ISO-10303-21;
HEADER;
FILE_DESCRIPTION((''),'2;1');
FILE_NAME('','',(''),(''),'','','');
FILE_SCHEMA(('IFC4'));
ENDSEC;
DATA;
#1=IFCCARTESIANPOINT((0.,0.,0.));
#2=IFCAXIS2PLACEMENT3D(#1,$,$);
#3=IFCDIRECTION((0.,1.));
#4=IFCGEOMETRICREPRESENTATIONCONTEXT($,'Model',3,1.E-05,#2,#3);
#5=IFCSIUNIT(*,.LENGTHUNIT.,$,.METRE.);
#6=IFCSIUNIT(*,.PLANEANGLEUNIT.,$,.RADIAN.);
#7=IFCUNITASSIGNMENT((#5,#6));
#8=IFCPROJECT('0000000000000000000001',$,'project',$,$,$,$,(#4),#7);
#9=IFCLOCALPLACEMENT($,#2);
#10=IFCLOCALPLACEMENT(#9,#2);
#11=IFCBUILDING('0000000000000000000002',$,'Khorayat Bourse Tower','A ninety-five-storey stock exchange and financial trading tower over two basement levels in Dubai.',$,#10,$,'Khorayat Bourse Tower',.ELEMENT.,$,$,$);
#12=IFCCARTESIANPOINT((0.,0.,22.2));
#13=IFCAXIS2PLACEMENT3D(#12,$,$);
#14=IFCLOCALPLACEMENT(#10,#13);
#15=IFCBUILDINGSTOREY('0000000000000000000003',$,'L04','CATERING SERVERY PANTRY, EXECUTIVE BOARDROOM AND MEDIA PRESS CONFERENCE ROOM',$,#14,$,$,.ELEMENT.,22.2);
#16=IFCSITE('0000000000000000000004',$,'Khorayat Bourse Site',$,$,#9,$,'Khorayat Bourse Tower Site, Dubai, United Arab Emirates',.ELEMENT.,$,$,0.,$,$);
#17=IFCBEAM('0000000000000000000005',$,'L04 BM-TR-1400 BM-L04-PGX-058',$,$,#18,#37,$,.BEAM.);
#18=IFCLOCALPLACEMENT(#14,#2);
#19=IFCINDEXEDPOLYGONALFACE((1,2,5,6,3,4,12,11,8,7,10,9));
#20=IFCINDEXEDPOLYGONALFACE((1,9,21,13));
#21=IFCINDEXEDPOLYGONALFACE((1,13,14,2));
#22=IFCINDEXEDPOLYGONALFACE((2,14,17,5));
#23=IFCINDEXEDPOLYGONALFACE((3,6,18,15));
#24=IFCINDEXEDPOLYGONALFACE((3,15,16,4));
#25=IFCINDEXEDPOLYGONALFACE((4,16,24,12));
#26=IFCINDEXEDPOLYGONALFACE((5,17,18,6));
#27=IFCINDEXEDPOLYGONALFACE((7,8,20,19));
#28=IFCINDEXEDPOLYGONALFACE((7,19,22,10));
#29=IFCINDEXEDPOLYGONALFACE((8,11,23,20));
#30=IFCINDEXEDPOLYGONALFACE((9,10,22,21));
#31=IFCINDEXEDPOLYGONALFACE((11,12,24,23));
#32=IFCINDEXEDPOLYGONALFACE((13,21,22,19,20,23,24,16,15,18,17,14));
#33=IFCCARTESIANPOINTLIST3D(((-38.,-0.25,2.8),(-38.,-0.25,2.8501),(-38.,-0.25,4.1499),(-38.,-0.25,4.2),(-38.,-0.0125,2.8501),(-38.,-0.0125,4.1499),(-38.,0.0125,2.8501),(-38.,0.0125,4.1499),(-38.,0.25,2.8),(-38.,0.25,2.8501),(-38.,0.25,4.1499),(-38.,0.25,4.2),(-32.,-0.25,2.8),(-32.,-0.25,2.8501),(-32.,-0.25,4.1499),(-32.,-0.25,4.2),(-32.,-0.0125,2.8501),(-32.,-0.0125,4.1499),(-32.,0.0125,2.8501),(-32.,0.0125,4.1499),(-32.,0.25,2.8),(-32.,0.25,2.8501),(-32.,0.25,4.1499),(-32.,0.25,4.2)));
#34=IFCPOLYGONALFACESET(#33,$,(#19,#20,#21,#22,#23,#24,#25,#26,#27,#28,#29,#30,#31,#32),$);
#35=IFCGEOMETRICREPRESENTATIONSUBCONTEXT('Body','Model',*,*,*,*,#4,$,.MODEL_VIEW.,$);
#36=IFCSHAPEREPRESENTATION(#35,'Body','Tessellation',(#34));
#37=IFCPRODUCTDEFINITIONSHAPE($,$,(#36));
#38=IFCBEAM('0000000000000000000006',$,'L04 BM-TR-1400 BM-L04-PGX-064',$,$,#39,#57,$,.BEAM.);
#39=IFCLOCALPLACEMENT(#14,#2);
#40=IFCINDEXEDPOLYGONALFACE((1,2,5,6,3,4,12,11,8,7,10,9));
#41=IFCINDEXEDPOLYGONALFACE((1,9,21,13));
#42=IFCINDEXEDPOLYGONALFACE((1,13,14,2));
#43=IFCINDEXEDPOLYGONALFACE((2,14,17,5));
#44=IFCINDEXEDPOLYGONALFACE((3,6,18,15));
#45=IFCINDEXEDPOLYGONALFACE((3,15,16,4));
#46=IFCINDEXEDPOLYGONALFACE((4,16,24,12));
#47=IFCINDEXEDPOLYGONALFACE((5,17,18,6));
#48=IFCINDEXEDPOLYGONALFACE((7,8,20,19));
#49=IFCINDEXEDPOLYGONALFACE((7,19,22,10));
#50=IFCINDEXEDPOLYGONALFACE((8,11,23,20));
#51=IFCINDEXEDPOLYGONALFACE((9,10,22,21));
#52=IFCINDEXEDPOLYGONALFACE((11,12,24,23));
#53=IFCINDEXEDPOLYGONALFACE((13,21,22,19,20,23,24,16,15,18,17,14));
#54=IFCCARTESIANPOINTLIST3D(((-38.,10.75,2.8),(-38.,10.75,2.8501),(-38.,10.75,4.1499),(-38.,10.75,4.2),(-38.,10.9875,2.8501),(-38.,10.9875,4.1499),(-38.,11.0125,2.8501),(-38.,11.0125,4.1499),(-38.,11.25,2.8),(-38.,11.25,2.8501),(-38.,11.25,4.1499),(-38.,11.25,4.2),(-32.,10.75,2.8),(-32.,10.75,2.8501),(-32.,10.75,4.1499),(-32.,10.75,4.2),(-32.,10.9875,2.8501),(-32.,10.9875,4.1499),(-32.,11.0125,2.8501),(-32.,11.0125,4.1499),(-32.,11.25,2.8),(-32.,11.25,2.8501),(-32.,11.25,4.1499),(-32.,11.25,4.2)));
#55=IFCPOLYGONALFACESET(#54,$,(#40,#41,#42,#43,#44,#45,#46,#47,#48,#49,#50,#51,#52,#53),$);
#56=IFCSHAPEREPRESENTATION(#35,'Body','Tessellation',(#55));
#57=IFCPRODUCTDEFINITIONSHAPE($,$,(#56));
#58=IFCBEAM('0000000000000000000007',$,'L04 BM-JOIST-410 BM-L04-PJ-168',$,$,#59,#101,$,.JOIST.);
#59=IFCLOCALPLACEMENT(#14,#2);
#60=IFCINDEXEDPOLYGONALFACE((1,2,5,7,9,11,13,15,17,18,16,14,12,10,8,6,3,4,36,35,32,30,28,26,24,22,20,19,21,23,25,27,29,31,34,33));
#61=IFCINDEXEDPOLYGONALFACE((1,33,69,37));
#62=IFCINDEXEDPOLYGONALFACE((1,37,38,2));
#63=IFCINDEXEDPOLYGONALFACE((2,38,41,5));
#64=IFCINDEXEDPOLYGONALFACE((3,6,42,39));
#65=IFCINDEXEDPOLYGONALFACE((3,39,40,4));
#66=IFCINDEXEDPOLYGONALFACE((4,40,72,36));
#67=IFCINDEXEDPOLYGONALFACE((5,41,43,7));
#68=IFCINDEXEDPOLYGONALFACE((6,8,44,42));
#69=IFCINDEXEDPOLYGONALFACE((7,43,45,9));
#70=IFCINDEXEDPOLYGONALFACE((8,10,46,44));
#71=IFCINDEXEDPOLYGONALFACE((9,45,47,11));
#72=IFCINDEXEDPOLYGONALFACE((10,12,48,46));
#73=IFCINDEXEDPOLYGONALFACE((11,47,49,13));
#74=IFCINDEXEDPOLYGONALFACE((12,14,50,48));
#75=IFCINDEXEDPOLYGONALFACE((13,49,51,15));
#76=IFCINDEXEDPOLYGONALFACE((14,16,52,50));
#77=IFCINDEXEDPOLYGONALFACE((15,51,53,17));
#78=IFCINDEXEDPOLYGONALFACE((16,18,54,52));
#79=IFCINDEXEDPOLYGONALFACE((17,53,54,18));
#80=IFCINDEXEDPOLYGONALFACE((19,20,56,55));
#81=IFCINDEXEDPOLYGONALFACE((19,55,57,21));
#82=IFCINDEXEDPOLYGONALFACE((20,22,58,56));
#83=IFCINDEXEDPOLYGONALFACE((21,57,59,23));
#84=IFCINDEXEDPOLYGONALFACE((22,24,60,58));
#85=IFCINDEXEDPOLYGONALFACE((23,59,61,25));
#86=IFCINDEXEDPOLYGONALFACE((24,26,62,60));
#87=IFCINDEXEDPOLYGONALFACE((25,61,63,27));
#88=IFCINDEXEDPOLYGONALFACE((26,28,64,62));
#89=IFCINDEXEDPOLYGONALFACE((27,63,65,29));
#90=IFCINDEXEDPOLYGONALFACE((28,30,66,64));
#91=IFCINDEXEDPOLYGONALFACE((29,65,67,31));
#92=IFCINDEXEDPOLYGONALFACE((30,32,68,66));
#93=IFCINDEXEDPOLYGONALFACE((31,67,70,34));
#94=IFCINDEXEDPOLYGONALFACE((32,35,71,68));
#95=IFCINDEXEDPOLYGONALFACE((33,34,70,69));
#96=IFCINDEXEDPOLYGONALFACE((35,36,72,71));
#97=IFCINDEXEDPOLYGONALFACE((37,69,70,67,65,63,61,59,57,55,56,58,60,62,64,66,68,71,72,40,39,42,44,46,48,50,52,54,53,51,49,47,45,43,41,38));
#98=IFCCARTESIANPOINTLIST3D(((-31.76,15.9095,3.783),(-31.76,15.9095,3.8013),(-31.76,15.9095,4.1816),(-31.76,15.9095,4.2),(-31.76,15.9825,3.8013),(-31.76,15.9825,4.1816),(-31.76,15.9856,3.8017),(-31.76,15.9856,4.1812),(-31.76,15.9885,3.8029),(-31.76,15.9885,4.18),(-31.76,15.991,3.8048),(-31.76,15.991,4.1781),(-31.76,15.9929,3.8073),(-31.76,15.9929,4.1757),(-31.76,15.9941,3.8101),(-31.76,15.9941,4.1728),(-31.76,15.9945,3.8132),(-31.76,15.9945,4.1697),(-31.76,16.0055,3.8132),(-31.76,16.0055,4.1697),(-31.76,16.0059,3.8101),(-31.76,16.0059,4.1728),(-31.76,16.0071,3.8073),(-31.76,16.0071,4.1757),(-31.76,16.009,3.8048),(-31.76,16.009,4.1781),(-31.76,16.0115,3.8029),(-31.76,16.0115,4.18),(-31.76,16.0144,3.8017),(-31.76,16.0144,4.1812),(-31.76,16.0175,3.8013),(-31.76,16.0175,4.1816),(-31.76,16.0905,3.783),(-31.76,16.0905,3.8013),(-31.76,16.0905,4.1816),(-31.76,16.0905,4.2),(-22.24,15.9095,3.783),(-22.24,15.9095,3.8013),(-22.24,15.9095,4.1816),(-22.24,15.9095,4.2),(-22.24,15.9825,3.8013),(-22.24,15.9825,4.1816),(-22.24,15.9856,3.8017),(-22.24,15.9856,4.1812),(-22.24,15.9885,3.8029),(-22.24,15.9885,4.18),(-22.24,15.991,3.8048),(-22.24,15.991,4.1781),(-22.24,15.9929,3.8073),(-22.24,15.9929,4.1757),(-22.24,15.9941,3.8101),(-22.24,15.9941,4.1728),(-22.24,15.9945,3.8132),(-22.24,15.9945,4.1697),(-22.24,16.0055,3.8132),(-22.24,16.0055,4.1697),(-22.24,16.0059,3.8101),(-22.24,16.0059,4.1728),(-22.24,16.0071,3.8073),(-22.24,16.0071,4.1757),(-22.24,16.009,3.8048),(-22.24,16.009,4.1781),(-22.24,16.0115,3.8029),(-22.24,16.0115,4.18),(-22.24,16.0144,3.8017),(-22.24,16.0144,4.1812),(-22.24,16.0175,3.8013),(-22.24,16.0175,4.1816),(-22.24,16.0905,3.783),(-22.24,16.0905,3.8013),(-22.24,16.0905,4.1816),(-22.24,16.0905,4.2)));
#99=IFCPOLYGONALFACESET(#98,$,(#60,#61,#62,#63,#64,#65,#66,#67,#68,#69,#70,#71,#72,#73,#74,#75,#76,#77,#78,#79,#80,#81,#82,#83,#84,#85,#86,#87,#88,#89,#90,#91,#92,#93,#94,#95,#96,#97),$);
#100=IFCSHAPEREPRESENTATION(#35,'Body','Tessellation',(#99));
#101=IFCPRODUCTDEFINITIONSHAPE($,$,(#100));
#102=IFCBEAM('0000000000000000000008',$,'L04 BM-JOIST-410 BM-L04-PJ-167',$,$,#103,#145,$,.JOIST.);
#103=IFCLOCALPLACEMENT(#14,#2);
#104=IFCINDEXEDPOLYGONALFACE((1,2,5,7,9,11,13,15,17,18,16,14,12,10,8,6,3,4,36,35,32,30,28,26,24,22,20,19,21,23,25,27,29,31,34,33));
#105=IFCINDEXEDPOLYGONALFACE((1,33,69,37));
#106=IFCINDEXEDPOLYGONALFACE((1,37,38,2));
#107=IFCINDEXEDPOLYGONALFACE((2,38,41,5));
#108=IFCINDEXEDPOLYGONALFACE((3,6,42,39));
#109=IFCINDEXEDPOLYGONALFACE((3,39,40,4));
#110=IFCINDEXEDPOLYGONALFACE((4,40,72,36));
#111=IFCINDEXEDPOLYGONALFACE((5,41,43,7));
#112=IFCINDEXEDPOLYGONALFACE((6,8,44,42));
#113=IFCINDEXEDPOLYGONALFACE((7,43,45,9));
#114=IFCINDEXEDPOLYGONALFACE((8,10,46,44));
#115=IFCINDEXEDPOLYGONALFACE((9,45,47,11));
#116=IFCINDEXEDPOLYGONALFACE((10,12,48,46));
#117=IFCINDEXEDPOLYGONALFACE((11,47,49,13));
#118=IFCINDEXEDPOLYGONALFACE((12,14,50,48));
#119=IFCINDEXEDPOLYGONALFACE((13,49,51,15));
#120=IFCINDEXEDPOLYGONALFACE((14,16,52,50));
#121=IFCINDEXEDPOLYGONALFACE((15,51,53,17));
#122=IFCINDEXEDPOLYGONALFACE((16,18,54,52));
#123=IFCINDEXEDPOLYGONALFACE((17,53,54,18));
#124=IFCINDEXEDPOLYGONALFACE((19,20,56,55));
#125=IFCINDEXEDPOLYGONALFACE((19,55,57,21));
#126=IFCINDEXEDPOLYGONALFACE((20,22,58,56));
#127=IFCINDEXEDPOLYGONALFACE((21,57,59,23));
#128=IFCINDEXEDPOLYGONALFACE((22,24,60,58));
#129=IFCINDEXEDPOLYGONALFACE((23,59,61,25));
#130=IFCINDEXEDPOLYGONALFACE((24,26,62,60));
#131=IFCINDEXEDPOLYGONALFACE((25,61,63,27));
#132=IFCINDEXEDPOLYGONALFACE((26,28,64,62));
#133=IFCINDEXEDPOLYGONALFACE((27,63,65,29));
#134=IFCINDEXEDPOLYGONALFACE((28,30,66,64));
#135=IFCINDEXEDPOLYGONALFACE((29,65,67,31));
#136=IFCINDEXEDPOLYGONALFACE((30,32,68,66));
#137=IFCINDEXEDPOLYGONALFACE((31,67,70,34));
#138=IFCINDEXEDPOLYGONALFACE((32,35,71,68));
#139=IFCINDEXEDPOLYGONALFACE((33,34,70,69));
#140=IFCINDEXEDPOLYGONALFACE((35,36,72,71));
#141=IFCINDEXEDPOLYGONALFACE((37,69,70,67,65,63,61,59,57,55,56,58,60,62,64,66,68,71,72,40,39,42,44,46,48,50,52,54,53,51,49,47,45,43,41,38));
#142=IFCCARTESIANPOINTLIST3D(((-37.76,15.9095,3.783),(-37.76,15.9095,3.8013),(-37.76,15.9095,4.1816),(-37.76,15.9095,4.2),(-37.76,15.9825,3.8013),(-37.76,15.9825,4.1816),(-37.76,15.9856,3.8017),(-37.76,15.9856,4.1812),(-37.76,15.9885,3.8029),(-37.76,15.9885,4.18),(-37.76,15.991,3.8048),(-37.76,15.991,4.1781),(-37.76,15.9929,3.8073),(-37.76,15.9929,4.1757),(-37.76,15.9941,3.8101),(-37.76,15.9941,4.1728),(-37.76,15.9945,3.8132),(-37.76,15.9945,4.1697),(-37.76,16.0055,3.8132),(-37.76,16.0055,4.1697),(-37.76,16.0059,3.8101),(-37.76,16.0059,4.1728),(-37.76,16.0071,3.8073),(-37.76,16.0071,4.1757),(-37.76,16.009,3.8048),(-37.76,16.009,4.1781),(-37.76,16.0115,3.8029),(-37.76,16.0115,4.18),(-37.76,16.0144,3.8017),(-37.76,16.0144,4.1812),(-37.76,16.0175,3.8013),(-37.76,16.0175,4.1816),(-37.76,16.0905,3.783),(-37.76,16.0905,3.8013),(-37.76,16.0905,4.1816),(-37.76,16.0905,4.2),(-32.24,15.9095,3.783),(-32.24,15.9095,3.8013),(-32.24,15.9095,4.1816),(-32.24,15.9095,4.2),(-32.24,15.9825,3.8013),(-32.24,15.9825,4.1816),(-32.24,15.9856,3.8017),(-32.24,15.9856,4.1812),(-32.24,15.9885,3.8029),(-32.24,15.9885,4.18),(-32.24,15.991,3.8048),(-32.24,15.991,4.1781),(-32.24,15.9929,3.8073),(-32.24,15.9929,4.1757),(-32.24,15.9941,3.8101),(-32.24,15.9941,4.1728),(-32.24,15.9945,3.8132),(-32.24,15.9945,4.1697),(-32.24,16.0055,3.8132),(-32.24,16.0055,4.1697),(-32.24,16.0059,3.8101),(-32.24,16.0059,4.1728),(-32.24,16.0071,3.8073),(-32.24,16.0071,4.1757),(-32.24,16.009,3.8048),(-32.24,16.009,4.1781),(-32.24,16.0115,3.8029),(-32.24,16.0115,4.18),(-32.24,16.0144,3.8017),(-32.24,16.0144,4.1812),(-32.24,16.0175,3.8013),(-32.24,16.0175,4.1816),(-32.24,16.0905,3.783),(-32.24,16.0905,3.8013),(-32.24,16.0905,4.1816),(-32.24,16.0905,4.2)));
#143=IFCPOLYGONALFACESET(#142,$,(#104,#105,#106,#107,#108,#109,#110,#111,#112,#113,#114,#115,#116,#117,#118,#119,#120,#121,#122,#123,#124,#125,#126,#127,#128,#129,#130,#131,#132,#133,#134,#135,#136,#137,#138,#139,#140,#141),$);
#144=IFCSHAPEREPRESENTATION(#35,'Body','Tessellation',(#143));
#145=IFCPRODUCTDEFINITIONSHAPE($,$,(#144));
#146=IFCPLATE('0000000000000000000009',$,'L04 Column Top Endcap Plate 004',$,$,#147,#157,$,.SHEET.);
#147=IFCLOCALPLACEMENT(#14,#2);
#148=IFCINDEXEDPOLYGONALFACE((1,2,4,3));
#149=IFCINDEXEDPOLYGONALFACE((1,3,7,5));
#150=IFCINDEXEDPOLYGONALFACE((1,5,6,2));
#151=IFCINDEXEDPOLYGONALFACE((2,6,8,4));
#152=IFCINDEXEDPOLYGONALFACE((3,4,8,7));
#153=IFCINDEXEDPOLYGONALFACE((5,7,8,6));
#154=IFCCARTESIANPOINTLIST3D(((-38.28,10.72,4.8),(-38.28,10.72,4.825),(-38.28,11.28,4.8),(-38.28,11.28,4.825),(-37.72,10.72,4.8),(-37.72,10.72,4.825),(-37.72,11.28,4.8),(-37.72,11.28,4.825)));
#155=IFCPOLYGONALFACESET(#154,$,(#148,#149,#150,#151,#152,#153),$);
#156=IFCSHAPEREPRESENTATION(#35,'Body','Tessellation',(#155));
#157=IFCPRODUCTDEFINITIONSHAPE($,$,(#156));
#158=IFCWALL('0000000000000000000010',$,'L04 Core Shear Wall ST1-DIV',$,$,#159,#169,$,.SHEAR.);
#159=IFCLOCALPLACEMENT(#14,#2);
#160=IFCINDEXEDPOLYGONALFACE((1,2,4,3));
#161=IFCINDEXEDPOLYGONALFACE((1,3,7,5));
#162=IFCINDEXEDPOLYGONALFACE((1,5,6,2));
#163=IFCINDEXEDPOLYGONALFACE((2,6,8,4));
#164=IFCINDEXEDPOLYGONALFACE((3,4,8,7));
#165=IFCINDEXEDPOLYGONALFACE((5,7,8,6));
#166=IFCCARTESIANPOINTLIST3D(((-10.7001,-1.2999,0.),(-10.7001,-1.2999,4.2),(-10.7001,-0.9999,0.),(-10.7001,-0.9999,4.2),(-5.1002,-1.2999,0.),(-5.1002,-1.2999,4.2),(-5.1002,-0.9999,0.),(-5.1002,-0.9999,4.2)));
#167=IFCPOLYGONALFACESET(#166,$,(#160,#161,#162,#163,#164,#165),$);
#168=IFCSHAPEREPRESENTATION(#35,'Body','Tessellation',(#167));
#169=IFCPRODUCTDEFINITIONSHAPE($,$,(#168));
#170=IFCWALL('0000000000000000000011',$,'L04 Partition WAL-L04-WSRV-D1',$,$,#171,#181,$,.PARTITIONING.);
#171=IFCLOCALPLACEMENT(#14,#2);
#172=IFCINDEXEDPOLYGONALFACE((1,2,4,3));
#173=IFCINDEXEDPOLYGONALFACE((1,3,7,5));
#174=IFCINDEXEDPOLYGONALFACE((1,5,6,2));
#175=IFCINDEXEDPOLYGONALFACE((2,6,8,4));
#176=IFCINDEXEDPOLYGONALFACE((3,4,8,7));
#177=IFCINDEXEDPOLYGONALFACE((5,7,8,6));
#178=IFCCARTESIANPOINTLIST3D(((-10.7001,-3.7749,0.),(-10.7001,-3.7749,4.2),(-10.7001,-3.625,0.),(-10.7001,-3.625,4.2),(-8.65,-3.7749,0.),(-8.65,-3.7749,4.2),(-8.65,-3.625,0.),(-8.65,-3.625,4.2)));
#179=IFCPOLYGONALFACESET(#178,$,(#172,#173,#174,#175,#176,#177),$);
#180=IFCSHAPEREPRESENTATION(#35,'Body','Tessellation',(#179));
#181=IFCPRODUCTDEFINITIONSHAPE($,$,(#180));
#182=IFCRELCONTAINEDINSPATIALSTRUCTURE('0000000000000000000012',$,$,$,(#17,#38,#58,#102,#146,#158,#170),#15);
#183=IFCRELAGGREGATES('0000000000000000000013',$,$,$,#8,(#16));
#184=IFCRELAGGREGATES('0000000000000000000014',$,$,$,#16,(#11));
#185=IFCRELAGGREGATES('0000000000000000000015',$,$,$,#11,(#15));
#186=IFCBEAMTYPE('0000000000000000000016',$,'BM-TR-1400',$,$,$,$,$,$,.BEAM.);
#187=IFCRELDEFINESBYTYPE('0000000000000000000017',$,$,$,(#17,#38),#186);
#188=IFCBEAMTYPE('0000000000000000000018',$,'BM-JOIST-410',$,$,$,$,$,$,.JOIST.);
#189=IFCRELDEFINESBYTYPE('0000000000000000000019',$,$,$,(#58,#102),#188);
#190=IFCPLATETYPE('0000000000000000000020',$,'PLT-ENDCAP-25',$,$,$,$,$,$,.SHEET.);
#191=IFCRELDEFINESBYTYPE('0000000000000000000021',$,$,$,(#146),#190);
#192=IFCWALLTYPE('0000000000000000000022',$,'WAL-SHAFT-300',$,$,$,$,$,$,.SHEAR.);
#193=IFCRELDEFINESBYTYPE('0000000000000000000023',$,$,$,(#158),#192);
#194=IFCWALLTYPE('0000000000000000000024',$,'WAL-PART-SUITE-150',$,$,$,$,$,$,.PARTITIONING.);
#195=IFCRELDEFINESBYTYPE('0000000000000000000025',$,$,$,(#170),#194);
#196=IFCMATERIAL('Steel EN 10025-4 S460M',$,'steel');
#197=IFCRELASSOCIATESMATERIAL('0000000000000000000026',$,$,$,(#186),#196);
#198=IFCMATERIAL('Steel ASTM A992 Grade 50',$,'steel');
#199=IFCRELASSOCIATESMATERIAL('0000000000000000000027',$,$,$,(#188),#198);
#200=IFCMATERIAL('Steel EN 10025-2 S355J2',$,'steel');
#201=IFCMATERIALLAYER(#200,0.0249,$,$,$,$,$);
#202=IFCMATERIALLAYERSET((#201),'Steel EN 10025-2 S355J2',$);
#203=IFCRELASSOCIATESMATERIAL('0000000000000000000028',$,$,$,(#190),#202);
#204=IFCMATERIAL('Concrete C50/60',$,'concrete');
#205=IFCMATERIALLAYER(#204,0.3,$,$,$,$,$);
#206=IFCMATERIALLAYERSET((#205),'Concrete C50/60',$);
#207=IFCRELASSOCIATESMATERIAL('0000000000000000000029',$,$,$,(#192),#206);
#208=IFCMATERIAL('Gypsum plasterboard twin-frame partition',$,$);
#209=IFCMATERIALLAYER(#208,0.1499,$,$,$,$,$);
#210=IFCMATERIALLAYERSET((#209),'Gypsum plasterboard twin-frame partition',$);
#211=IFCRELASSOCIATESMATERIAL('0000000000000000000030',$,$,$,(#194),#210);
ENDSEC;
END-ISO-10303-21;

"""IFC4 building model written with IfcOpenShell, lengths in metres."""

from ifc_helpers import new_model, si_unit, direction, frame, frame_2d, origin, origin_2d, place, context, subcontext, project, spatial, rectangle, i_section, extrude, source, transform, mapped, material, layer, layer_set, material_profile, profile_set, type_object, element, save


model = new_model("IFC4")

# Units and contexts
model_context = context("Model", 3, precision=1e-05, world=origin(), true_north=direction((0.0, 1.0)))
body_context = subcontext(model_context, "Body", "Model", "MODEL_VIEW")
ifc_project = project(units=[si_unit("LENGTHUNIT", "METRE"), si_unit("PLANEANGLEUNIT", "RADIAN")], contexts=[model_context])

# Site, building, storey
site_placement = place(None, origin())
site = spatial("IfcSite", under=ifc_project, at=site_placement, Name="Khorayat Bourse Site", LongName="Khorayat Bourse Tower Site, Dubai, United Arab Emirates", CompositionType="ELEMENT", RefElevation=0.0)
building_placement = place(site_placement, origin())
building = spatial("IfcBuilding", under=site, at=building_placement, Name="Khorayat Bourse Tower", Description="A ninety-five-storey stock exchange and financial trading tower over two basement levels in Dubai.", LongName="Khorayat Bourse Tower", CompositionType="ELEMENT")
storey_placement = place(building_placement, frame((0.0, 0.0, 22.2)))
storey = spatial("IfcBuildingStorey", under=building, at=storey_placement, Name="L04", Description="CATERING SERVERY PANTRY, EXECUTIVE BOARDROOM AND MEDIA PRESS CONFERENCE ROOM", CompositionType="ELEMENT", Elevation=22.2)

# Shared definitions
ifc_material_1 = material(Name="Steel EN 10025-2 S355J2", Category="steel")

# Beams
ifc_material_2 = material(Name="Steel EN 10025-4 S460M", Category="steel")
ifc_material_profile_1 = material_profile(ifc_material_2, i_section(OverallWidth=0.5, OverallDepth=1.3999, WebThickness=0.0249, FlangeThickness=0.05, at=origin_2d()), Name="PG 1400x500x25x50")
ifc_profile_set_1 = profile_set([ifc_material_profile_1], Name="Steel EN 10025-4 S460M")
beam_type_1 = type_object("IfcBeamType", Name="BM-TR-1400", PredefinedType="BEAM", material=ifc_profile_set_1)
shared_shape_1 = source(origin(), body_context, "Body", "SweptSolid", [
    extrude(i_section(OverallWidth=0.5, OverallDepth=1.3999, WebThickness=0.0249, FlangeThickness=0.05, at=origin_2d()), origin(), (0.0, 0.0, 1.0), 6.0),
])
for number, where, z_axis, x_axis, name in (
    (1, (-38.0, 0.0, 3.5), (1.0, 0.0, 0.0), (0.0, 1.0, 0.0), "L04 BM-TR-1400 BM-L04-PGX-058"),
    (2, (-38.0, 11.0, 3.5), (1.0, 0.0, 0.0), (0.0, 1.0, 0.0), "L04 BM-TR-1400 BM-L04-PGX-064"),
):
    element("IfcBeam", number, at=place(storey_placement, frame(where, z_axis=z_axis, x_axis=x_axis)), inside=storey, type_object=beam_type_1, Name=name, PredefinedType="BEAM", context=body_context, shape_type="MappedRepresentation", body=[
        mapped(shared_shape_1, transform((0.0, 0.0, 0.0), scale=1.0)),
    ])
ifc_material_3 = material(Name="Steel ASTM A992 Grade 50", Category="steel")
ifc_material_profile_2 = material_profile(ifc_material_3, i_section(OverallWidth=0.1809, OverallDepth=0.417, WebThickness=0.011, FlangeThickness=0.0183, FilletRadius=0.012, at=origin_2d()), Name="W410X85")
ifc_profile_set_2 = profile_set([ifc_material_profile_2], Name="Steel ASTM A992 Grade 50")
beam_type_2 = type_object("IfcBeamType", Name="BM-JOIST-410", PredefinedType="JOIST", material=ifc_profile_set_2)
shared_shape_2 = source(origin(), body_context, "Body", "SweptSolid", [
    extrude(i_section(OverallWidth=0.1809, OverallDepth=0.417, WebThickness=0.011, FlangeThickness=0.0183, FilletRadius=0.012, at=origin_2d()), origin(), (0.0, 0.0, 1.0), 9.52),
])
beam_1_placement = place(storey_placement, frame((-31.76, 16.0, 3.9915), z_axis=(1.0, 0.0, 0.0), x_axis=(0.0, 1.0, 0.0)))
element("IfcBeam", 3, at=beam_1_placement, inside=storey, type_object=beam_type_2, Name="L04 BM-JOIST-410 BM-L04-PJ-168", PredefinedType="JOIST", context=body_context, shape_type="MappedRepresentation", body=[
    mapped(shared_shape_2, transform((0.0, 0.0, 0.0), scale=1.0)),
])
shared_shape_3 = source(origin(), body_context, "Body", "SweptSolid", [
    extrude(i_section(OverallWidth=0.1809, OverallDepth=0.417, WebThickness=0.011, FlangeThickness=0.0183, FilletRadius=0.012, at=origin_2d()), origin(), (0.0, 0.0, 1.0), 5.52),
])
beam_2_placement = place(storey_placement, frame((-37.76, 16.0, 3.9915), z_axis=(1.0, 0.0, 0.0), x_axis=(0.0, 1.0, 0.0)))
element("IfcBeam", 4, at=beam_2_placement, inside=storey, type_object=beam_type_2, Name="L04 BM-JOIST-410 BM-L04-PJ-167", PredefinedType="JOIST", context=body_context, shape_type="MappedRepresentation", body=[
    mapped(shared_shape_3, transform((0.0, 0.0, 0.0), scale=1.0)),
])

# Plate
ifc_layer_1 = layer(ifc_material_1, 0.0249)
ifc_layer_set_1 = layer_set([ifc_layer_1], Name="Steel EN 10025-2 S355J2")
plate_type = type_object("IfcPlateType", Name="PLT-ENDCAP-25", PredefinedType="SHEET", material=ifc_layer_set_1)
shared_shape_4 = source(origin(), body_context, "Body", "SweptSolid", [
    extrude(rectangle(XDim=0.5601, YDim=0.5601, at=origin_2d()), origin(), (0.0, 0.0, 1.0), 0.0249),
])
plate_placement = place(storey_placement, frame((-38.0, 11.0, 4.8), z_axis=(0.0, 0.0, 1.0), x_axis=(1.0, 0.0, 0.0)))
element("IfcPlate", 5, at=plate_placement, inside=storey, type_object=plate_type, Name="L04 Column Top Endcap Plate 004", PredefinedType="SHEET", context=body_context, shape_type="MappedRepresentation", body=[
    mapped(shared_shape_4, transform((0.0, 0.0, 0.0), scale=1.0)),
])

# Walls
ifc_material_4 = material(Name="Concrete C50/60", Category="concrete")
ifc_layer_2 = layer(ifc_material_4, 0.3)
ifc_layer_set_2 = layer_set([ifc_layer_2], Name="Concrete C50/60")
wall_type_1 = type_object("IfcWallType", Name="WAL-SHAFT-300", PredefinedType="SHEAR", material=ifc_layer_set_2)
shared_shape_5 = source(origin(), body_context, "Body", "SweptSolid", [
    extrude(rectangle(XDim=5.5999, YDim=0.3, at=frame_2d((2.7998, 0.0))), origin(), (0.0, 0.0, 1.0), 4.2),
])
wall_1_placement = place(storey_placement, frame((-10.7, -1.1499, 0.0), z_axis=(0.0, 0.0, 1.0), x_axis=(1.0, 0.0, 0.0)))
element("IfcWall", 6, at=wall_1_placement, inside=storey, type_object=wall_type_1, Name="L04 Core Shear Wall ST1-DIV", PredefinedType="SHEAR", context=body_context, shape_type="MappedRepresentation", body=[
    mapped(shared_shape_5, transform((0.0, 0.0, 0.0), scale=1.0)),
])
ifc_material_5 = material(Name="Gypsum plasterboard twin-frame partition")
ifc_layer_3 = layer(ifc_material_5, 0.1499)
ifc_layer_set_3 = layer_set([ifc_layer_3], Name="Gypsum plasterboard twin-frame partition")
wall_type_2 = type_object("IfcWallType", Name="WAL-PART-SUITE-150", PredefinedType="PARTITIONING", material=ifc_layer_set_3)
shared_shape_6 = source(origin(), body_context, "Body", "SweptSolid", [
    extrude(rectangle(XDim=2.05, YDim=0.1499, at=frame_2d((1.0249, 0.0))), origin(), (0.0, 0.0, 1.0), 4.2),
])
wall_2_placement = place(storey_placement, frame((-10.7, -3.7, 0.0), z_axis=(0.0, 0.0, 1.0), x_axis=(1.0, 0.0, 0.0)))
element("IfcWall", 7, at=wall_2_placement, inside=storey, type_object=wall_type_2, Name="L04 Partition WAL-L04-WSRV-D1", PredefinedType="PARTITIONING", context=body_context, shape_type="MappedRepresentation", body=[
    mapped(shared_shape_6, transform((0.0, 0.0, 0.0), scale=1.0)),
])

save(model, "model.ifc")
